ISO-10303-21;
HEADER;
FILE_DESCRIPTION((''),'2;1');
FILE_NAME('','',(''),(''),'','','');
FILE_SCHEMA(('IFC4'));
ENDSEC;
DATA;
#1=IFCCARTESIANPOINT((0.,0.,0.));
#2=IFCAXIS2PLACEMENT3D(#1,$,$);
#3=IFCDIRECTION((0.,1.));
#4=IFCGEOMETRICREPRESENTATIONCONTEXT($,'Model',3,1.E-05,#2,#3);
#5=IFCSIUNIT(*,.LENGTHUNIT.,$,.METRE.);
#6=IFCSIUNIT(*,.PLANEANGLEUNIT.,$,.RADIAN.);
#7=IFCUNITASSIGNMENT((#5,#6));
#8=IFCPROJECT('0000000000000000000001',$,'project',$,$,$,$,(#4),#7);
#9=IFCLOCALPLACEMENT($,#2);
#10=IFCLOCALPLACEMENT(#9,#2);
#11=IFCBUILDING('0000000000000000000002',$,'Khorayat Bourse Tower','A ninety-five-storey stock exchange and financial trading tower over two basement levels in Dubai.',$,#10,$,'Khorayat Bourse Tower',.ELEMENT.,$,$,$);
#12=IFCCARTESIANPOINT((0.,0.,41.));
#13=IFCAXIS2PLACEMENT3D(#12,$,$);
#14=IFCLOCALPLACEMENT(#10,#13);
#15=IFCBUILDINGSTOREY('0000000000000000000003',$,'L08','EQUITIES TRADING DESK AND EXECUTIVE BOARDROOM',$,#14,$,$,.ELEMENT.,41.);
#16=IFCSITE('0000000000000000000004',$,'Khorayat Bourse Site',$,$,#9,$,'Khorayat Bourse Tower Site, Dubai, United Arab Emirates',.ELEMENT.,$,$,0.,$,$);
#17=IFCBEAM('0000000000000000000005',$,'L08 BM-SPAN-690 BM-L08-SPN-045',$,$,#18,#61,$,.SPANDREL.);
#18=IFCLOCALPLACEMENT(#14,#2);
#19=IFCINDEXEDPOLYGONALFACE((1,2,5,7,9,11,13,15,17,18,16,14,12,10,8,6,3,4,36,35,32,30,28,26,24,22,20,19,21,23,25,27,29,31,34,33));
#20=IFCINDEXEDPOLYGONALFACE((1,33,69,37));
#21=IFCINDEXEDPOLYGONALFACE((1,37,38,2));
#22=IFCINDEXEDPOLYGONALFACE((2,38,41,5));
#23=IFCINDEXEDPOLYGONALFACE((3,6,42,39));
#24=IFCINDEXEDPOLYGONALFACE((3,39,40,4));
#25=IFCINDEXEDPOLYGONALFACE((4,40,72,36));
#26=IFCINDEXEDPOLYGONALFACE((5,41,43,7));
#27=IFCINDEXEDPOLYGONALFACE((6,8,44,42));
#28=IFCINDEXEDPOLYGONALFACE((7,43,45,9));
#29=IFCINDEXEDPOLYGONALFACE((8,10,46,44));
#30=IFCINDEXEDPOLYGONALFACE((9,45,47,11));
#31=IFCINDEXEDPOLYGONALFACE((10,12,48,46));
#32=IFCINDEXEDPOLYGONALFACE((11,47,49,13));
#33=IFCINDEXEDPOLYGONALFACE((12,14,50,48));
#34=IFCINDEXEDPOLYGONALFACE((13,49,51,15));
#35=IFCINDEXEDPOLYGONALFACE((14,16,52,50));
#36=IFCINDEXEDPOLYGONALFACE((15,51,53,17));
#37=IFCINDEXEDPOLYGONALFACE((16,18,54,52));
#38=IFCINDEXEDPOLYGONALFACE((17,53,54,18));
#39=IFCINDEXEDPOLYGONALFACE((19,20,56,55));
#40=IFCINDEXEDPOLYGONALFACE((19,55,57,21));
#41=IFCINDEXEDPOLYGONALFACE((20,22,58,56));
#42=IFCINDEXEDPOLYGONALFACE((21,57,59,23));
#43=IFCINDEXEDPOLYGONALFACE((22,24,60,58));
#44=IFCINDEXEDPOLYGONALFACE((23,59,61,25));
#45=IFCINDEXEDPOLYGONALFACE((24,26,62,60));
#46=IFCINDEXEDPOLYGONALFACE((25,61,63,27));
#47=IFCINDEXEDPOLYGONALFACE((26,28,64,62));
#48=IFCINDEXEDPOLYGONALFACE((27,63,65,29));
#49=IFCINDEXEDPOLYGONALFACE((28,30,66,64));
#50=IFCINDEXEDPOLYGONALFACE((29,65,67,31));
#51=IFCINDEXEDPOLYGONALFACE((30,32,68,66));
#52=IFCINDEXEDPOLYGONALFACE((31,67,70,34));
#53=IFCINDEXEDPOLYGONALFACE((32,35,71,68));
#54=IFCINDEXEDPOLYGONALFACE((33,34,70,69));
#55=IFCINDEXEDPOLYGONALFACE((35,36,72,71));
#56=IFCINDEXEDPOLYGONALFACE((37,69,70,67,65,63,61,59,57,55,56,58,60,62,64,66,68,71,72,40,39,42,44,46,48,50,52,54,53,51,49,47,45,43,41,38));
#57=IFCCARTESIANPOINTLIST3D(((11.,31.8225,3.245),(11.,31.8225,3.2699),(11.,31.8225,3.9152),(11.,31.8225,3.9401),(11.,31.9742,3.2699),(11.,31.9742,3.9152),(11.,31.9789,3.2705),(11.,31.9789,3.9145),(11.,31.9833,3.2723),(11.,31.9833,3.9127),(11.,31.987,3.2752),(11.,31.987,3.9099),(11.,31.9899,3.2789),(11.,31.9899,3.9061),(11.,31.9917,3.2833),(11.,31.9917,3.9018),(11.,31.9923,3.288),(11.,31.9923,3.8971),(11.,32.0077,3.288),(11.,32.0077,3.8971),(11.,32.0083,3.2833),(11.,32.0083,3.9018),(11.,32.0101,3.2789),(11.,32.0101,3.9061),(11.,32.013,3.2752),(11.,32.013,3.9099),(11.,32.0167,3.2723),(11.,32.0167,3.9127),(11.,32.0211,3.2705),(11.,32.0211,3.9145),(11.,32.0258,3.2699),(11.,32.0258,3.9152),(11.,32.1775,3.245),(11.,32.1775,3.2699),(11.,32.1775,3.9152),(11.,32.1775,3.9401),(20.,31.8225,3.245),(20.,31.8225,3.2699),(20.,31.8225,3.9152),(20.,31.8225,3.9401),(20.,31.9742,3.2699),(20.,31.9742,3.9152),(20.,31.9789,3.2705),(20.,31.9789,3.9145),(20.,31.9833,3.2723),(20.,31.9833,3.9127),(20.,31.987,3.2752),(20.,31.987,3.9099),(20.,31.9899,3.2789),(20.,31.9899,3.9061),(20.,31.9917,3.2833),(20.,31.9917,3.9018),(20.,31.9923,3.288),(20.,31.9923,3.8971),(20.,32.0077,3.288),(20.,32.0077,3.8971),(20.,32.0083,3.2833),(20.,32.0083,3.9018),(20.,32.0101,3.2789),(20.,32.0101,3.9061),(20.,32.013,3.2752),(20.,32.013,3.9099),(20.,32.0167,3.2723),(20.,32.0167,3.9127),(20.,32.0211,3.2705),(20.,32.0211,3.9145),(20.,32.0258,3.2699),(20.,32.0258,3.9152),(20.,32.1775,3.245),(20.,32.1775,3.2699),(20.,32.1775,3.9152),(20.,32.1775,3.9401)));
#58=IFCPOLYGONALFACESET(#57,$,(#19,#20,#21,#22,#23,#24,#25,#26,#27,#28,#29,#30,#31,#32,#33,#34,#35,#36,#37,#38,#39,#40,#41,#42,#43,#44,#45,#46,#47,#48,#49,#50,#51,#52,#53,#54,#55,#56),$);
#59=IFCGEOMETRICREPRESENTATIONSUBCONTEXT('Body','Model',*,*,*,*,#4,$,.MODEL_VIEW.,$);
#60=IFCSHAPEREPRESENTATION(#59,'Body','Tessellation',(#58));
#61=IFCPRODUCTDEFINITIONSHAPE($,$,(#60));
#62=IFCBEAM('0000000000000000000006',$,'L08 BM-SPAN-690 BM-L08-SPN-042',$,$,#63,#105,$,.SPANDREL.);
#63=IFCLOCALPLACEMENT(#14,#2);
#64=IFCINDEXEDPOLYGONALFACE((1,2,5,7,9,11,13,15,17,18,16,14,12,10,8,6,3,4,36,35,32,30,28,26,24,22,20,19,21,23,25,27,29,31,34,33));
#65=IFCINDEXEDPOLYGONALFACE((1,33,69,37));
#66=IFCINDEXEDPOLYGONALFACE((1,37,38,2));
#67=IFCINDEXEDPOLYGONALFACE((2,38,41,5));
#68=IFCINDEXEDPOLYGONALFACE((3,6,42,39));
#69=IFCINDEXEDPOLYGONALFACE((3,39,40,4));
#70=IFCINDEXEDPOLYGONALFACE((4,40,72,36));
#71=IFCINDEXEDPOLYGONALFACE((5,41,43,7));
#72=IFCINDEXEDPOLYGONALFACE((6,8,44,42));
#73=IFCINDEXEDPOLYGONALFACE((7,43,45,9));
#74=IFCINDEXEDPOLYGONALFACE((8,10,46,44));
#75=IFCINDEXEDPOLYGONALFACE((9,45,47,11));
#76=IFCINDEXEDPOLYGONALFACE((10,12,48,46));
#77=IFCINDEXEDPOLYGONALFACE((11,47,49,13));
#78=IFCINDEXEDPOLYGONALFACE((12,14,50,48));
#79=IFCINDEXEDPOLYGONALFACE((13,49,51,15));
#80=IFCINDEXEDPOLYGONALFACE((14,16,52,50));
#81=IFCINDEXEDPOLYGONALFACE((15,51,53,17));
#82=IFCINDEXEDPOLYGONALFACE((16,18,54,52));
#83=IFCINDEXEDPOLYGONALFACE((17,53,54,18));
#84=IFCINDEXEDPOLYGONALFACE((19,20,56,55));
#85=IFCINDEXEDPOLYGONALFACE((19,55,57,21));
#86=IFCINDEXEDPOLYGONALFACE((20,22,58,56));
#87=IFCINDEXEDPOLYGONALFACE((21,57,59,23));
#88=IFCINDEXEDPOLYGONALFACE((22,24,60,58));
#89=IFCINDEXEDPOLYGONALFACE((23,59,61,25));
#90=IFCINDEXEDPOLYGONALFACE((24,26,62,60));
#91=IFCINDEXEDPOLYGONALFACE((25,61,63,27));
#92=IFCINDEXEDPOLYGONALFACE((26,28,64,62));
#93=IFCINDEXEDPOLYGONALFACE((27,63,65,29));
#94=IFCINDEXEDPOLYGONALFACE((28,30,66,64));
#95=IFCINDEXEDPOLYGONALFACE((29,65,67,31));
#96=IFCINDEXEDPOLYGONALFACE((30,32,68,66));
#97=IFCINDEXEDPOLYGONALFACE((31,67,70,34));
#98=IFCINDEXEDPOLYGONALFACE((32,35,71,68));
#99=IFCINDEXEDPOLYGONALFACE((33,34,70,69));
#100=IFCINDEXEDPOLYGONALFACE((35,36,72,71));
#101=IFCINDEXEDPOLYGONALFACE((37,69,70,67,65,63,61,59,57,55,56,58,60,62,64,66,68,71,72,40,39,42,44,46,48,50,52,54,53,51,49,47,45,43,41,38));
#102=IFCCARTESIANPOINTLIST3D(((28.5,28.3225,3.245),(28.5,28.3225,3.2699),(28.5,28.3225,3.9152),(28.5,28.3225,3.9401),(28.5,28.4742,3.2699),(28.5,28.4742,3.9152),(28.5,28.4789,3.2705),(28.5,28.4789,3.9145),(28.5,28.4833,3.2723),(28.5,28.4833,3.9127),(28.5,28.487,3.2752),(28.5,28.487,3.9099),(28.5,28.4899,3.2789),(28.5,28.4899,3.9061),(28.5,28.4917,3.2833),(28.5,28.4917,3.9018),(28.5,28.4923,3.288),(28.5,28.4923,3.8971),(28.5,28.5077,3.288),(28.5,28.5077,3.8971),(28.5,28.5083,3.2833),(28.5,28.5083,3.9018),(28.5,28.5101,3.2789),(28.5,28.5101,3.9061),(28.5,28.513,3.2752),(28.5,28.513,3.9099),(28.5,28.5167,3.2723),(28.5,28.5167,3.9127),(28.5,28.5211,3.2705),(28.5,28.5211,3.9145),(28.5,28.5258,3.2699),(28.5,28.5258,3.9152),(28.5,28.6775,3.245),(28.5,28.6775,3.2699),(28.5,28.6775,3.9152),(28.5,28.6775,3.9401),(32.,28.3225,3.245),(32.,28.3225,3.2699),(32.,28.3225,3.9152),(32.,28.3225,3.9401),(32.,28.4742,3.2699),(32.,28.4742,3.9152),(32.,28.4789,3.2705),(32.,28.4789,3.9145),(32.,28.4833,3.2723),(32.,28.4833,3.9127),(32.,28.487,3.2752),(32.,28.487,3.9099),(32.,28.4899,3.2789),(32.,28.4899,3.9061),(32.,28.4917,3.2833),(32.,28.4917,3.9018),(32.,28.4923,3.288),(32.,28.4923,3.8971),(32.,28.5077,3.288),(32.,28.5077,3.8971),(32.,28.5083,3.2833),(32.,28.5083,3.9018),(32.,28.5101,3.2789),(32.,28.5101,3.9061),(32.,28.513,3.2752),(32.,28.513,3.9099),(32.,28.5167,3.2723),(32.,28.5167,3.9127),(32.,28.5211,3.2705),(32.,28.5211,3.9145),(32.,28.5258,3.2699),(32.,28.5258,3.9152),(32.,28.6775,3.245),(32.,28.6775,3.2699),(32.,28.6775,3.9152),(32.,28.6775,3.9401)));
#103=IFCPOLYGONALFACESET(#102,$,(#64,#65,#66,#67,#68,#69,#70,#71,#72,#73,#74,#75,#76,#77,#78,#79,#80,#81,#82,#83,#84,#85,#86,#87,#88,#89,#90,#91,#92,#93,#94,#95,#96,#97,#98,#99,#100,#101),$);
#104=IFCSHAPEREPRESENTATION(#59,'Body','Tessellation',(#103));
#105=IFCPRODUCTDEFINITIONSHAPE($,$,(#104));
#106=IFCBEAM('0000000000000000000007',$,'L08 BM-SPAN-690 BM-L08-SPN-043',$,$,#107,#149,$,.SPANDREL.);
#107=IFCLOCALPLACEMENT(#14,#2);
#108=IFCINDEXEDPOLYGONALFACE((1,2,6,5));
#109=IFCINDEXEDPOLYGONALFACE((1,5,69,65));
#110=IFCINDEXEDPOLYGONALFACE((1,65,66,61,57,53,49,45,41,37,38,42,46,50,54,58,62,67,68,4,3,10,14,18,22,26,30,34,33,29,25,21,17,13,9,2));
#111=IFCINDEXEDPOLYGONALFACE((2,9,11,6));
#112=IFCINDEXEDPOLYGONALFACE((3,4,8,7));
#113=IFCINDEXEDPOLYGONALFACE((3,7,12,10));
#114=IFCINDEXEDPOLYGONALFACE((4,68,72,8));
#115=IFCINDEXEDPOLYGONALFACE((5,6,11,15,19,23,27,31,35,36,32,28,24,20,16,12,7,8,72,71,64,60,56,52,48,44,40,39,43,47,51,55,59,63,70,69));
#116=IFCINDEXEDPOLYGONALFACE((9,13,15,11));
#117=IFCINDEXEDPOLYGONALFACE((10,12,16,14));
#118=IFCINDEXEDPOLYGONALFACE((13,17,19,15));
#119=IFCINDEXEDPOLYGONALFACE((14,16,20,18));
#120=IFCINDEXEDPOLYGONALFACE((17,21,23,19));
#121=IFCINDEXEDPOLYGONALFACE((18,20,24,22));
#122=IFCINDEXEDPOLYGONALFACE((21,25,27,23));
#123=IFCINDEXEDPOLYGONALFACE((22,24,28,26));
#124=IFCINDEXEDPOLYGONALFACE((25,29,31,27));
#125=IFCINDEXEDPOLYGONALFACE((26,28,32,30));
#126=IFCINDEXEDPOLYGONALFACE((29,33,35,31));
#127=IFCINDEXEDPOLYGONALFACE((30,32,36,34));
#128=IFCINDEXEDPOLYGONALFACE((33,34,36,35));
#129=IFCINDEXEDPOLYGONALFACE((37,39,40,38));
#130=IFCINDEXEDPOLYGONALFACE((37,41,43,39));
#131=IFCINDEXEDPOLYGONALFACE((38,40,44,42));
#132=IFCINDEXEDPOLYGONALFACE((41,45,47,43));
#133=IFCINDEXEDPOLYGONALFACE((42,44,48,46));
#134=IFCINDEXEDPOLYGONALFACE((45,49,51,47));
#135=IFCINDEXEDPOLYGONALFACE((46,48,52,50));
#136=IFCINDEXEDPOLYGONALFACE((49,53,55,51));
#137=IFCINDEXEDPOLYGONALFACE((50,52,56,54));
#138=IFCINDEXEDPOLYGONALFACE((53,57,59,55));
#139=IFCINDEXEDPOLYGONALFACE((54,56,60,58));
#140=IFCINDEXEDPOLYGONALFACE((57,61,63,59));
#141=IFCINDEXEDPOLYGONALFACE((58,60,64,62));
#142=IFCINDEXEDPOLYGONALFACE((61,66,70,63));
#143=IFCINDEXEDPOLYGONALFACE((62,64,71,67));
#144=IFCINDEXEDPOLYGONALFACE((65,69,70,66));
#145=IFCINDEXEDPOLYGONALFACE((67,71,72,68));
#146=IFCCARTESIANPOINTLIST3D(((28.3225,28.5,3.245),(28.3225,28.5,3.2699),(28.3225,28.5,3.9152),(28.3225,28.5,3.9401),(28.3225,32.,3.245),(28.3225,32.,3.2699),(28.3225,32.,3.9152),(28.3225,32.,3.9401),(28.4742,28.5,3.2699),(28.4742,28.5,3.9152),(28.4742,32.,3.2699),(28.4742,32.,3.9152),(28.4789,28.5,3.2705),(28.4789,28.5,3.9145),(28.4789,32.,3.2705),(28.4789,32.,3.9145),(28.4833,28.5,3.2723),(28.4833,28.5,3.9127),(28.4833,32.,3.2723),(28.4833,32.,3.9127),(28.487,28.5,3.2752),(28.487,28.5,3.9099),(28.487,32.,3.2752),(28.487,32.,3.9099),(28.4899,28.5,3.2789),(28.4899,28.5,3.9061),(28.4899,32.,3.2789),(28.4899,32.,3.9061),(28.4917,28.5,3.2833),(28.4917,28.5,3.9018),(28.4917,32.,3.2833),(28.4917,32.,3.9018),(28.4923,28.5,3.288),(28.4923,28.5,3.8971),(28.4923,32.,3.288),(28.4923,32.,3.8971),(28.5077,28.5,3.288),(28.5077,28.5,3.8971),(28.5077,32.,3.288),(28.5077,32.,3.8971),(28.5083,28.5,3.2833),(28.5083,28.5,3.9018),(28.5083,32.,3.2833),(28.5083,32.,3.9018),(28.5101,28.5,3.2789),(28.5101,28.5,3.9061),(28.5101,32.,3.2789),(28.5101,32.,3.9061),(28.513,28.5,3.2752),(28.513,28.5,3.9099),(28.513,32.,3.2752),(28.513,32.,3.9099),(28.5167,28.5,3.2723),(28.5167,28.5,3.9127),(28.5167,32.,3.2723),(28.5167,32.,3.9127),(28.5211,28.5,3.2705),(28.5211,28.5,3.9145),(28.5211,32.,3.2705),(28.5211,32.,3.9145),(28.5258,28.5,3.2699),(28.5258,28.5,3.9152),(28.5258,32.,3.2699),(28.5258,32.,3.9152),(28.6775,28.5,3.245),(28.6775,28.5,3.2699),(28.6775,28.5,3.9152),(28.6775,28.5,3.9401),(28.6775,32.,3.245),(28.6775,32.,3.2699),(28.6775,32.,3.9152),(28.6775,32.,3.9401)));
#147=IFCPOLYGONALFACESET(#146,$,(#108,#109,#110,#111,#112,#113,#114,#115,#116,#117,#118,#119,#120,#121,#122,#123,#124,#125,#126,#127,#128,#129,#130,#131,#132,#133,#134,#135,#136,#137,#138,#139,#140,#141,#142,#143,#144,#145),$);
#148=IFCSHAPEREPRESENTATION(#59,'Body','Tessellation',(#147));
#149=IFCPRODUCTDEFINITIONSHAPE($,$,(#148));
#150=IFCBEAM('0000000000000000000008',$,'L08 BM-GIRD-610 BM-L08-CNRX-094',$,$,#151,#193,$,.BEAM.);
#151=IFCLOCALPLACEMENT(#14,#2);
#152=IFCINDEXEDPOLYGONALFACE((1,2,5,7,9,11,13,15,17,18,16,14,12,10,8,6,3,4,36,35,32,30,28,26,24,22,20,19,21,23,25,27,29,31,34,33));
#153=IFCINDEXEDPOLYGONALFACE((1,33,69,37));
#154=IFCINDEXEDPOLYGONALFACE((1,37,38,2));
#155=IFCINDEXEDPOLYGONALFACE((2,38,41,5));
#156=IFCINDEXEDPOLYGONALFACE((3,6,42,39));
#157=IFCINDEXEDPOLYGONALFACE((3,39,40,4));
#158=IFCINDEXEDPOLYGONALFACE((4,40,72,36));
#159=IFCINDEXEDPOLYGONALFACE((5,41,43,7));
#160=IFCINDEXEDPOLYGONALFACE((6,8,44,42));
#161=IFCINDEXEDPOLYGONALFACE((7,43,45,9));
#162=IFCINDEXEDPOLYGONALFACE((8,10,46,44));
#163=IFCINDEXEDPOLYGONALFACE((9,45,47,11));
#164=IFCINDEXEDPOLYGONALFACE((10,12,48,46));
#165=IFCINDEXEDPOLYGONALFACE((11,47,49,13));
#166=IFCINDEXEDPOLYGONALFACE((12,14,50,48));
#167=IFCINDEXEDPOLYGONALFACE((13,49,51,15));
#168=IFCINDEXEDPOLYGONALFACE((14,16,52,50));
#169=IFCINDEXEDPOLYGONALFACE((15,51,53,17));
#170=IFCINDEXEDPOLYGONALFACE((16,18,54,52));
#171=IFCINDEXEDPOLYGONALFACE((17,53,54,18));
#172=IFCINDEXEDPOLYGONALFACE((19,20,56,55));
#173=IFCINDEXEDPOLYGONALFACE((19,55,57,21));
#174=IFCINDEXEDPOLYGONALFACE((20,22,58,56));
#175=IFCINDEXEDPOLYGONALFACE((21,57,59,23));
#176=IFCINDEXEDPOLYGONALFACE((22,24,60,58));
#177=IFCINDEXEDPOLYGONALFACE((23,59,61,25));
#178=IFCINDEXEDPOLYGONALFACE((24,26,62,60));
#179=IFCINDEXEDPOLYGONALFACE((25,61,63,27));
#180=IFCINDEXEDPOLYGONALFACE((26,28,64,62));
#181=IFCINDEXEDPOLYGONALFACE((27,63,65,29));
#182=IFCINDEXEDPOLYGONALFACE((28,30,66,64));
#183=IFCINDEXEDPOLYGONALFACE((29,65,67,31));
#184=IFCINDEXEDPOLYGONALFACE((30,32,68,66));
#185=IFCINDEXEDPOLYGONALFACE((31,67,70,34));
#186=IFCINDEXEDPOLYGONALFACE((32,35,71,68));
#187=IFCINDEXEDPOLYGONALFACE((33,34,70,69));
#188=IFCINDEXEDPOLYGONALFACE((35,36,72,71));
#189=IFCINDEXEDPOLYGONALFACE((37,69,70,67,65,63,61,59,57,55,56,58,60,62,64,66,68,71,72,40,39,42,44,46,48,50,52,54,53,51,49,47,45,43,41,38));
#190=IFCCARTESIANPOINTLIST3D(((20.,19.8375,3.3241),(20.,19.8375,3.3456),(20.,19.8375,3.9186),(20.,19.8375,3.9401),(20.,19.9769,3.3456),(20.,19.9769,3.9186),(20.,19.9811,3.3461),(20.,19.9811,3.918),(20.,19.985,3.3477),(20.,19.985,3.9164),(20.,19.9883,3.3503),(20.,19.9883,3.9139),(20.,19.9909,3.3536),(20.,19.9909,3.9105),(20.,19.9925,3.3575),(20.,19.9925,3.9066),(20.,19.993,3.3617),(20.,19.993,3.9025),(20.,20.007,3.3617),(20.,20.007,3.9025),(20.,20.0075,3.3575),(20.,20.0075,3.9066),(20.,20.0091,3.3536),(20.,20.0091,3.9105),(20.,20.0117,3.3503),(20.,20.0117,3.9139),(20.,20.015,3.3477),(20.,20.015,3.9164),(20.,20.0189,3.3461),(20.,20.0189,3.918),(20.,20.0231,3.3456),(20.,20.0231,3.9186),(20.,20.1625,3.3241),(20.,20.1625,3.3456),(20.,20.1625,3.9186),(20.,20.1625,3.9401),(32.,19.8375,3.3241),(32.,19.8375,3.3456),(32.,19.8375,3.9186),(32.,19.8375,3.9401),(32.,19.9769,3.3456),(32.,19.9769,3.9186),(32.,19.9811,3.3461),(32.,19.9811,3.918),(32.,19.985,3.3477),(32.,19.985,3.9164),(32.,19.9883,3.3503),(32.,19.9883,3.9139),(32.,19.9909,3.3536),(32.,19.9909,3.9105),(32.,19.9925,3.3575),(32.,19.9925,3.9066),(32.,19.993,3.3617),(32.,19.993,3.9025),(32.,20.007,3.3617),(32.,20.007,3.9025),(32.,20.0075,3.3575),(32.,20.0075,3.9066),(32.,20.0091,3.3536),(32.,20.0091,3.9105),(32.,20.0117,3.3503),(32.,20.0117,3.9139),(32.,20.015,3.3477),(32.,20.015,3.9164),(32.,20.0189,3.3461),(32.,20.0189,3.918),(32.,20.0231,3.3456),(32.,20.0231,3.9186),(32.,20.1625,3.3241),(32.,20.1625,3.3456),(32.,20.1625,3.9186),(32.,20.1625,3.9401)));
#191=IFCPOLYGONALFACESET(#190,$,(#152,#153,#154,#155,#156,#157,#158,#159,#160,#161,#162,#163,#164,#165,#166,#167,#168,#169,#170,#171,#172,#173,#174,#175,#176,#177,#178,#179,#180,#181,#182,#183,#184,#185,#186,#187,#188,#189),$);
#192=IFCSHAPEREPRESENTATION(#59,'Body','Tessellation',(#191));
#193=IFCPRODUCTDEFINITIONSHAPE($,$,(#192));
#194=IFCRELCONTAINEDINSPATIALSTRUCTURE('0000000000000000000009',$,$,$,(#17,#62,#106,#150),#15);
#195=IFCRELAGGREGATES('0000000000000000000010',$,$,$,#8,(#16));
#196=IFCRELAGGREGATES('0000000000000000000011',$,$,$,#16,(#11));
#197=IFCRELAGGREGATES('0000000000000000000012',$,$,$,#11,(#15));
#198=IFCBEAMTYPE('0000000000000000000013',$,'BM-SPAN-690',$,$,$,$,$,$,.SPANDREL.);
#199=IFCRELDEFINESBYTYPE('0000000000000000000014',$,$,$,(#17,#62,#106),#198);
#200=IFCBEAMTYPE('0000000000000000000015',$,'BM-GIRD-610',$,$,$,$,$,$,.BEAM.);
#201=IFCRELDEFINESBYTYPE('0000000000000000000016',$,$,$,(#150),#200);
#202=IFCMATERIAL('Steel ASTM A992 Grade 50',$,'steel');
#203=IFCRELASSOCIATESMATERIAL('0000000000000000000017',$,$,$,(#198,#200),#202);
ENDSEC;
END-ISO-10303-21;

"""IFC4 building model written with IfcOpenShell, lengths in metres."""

from ifc_helpers import new_model, si_unit, direction, frame, origin, origin_2d, place, context, subcontext, project, spatial, i_section, extrude, source, transform, mapped, material, material_profile, profile_set, type_object, element, save


model = new_model("IFC4")

# Units and contexts
model_context = context("Model", 3, precision=1e-05, world=origin(), true_north=direction((0.0, 1.0)))
body_context = subcontext(model_context, "Body", "Model", "MODEL_VIEW")
ifc_project = project(units=[si_unit("LENGTHUNIT", "METRE"), si_unit("PLANEANGLEUNIT", "RADIAN")], contexts=[model_context])

# Site, building, storey
site_placement = place(None, origin())
site = spatial("IfcSite", under=ifc_project, at=site_placement, Name="Khorayat Bourse Site", LongName="Khorayat Bourse Tower Site, Dubai, United Arab Emirates", CompositionType="ELEMENT", RefElevation=0.0)
building_placement = place(site_placement, origin())
building = spatial("IfcBuilding", under=site, at=building_placement, Name="Khorayat Bourse Tower", Description="A ninety-five-storey stock exchange and financial trading tower over two basement levels in Dubai.", LongName="Khorayat Bourse Tower", CompositionType="ELEMENT")
storey_placement = place(building_placement, frame((0.0, 0.0, 41.0)))
storey = spatial("IfcBuildingStorey", under=building, at=storey_placement, Name="L08", Description="EQUITIES TRADING DESK AND EXECUTIVE BOARDROOM", CompositionType="ELEMENT", Elevation=41.0)

# Beams
ifc_material_1 = material(Name="Steel ASTM A992 Grade 50", Category="steel")
ifc_material_profile_1 = material_profile(ifc_material_1, i_section(OverallWidth=0.355, OverallDepth=0.6951, WebThickness=0.0154, FlangeThickness=0.0249, FilletRadius=0.0181, at=origin_2d()), Name="W690X217")
ifc_profile_set_1 = profile_set([ifc_material_profile_1], Name="Steel ASTM A992 Grade 50")
beam_type_1 = type_object("IfcBeamType", Name="BM-SPAN-690", PredefinedType="SPANDREL", material=ifc_profile_set_1)
shared_shape_1 = source(origin(), body_context, "Body", "SweptSolid", [
    extrude(i_section(OverallWidth=0.355, OverallDepth=0.6951, WebThickness=0.0154, FlangeThickness=0.0249, FilletRadius=0.0181, at=origin_2d()), origin(), (0.0, 0.0, 1.0), 9.0),
])
beam_1_placement = place(storey_placement, frame((11.0, 32.0, 3.5925), z_axis=(1.0, 0.0, 0.0), x_axis=(0.0, 1.0, 0.0)))
element("IfcBeam", 1, at=beam_1_placement, inside=storey, type_object=beam_type_1, Name="L08 BM-SPAN-690 BM-L08-SPN-045", PredefinedType="SPANDREL", context=body_context, shape_type="MappedRepresentation", body=[
    mapped(shared_shape_1, transform((0.0, 0.0, 0.0), scale=1.0)),
])
shared_shape_2 = source(origin(), body_context, "Body", "SweptSolid", [
    extrude(i_section(OverallWidth=0.355, OverallDepth=0.6951, WebThickness=0.0154, FlangeThickness=0.0249, FilletRadius=0.0181, at=origin_2d()), origin(), (0.0, 0.0, 1.0), 3.5),
])
for number, where, z_axis, x_axis, name in (
    (2, (28.5, 28.5, 3.5925), (1.0, 0.0, 0.0), (0.0, 1.0, 0.0), "L08 BM-SPAN-690 BM-L08-SPN-042"),
    (3, (28.5, 28.5, 3.5925), (0.0, 1.0, 0.0), (-1.0, 0.0, 0.0), "L08 BM-SPAN-690 BM-L08-SPN-043"),
):
    element("IfcBeam", number, at=place(storey_placement, frame(where, z_axis=z_axis, x_axis=x_axis)), inside=storey, type_object=beam_type_1, Name=name, PredefinedType="SPANDREL", context=body_context, shape_type="MappedRepresentation", body=[
        mapped(shared_shape_2, transform((0.0, 0.0, 0.0), scale=1.0)),
    ])
ifc_material_profile_2 = material_profile(ifc_material_1, i_section(OverallWidth=0.325, OverallDepth=0.616, WebThickness=0.0139, FlangeThickness=0.0215, FilletRadius=0.0161, at=origin_2d()), Name="W610X174")
ifc_profile_set_2 = profile_set([ifc_material_profile_2], Name="Steel ASTM A992 Grade 50")
beam_type_2 = type_object("IfcBeamType", Name="BM-GIRD-610", PredefinedType="BEAM", material=ifc_profile_set_2)
shared_shape_3 = source(origin(), body_context, "Body", "SweptSolid", [
    extrude(i_section(OverallWidth=0.325, OverallDepth=0.616, WebThickness=0.0139, FlangeThickness=0.0215, FilletRadius=0.0161, at=origin_2d()), origin(), (0.0, 0.0, 1.0), 12.0),
])
beam_2_placement = place(storey_placement, frame((20.0, 20.0, 3.6321), z_axis=(1.0, 0.0, 0.0), x_axis=(0.0, 1.0, 0.0)))
element("IfcBeam", 4, at=beam_2_placement, inside=storey, type_object=beam_type_2, Name="L08 BM-GIRD-610 BM-L08-CNRX-094", PredefinedType="BEAM", context=body_context, shape_type="MappedRepresentation", body=[
    mapped(shared_shape_3, transform((0.0, 0.0, 0.0), scale=1.0)),
])

save(model, "model.ifc")
